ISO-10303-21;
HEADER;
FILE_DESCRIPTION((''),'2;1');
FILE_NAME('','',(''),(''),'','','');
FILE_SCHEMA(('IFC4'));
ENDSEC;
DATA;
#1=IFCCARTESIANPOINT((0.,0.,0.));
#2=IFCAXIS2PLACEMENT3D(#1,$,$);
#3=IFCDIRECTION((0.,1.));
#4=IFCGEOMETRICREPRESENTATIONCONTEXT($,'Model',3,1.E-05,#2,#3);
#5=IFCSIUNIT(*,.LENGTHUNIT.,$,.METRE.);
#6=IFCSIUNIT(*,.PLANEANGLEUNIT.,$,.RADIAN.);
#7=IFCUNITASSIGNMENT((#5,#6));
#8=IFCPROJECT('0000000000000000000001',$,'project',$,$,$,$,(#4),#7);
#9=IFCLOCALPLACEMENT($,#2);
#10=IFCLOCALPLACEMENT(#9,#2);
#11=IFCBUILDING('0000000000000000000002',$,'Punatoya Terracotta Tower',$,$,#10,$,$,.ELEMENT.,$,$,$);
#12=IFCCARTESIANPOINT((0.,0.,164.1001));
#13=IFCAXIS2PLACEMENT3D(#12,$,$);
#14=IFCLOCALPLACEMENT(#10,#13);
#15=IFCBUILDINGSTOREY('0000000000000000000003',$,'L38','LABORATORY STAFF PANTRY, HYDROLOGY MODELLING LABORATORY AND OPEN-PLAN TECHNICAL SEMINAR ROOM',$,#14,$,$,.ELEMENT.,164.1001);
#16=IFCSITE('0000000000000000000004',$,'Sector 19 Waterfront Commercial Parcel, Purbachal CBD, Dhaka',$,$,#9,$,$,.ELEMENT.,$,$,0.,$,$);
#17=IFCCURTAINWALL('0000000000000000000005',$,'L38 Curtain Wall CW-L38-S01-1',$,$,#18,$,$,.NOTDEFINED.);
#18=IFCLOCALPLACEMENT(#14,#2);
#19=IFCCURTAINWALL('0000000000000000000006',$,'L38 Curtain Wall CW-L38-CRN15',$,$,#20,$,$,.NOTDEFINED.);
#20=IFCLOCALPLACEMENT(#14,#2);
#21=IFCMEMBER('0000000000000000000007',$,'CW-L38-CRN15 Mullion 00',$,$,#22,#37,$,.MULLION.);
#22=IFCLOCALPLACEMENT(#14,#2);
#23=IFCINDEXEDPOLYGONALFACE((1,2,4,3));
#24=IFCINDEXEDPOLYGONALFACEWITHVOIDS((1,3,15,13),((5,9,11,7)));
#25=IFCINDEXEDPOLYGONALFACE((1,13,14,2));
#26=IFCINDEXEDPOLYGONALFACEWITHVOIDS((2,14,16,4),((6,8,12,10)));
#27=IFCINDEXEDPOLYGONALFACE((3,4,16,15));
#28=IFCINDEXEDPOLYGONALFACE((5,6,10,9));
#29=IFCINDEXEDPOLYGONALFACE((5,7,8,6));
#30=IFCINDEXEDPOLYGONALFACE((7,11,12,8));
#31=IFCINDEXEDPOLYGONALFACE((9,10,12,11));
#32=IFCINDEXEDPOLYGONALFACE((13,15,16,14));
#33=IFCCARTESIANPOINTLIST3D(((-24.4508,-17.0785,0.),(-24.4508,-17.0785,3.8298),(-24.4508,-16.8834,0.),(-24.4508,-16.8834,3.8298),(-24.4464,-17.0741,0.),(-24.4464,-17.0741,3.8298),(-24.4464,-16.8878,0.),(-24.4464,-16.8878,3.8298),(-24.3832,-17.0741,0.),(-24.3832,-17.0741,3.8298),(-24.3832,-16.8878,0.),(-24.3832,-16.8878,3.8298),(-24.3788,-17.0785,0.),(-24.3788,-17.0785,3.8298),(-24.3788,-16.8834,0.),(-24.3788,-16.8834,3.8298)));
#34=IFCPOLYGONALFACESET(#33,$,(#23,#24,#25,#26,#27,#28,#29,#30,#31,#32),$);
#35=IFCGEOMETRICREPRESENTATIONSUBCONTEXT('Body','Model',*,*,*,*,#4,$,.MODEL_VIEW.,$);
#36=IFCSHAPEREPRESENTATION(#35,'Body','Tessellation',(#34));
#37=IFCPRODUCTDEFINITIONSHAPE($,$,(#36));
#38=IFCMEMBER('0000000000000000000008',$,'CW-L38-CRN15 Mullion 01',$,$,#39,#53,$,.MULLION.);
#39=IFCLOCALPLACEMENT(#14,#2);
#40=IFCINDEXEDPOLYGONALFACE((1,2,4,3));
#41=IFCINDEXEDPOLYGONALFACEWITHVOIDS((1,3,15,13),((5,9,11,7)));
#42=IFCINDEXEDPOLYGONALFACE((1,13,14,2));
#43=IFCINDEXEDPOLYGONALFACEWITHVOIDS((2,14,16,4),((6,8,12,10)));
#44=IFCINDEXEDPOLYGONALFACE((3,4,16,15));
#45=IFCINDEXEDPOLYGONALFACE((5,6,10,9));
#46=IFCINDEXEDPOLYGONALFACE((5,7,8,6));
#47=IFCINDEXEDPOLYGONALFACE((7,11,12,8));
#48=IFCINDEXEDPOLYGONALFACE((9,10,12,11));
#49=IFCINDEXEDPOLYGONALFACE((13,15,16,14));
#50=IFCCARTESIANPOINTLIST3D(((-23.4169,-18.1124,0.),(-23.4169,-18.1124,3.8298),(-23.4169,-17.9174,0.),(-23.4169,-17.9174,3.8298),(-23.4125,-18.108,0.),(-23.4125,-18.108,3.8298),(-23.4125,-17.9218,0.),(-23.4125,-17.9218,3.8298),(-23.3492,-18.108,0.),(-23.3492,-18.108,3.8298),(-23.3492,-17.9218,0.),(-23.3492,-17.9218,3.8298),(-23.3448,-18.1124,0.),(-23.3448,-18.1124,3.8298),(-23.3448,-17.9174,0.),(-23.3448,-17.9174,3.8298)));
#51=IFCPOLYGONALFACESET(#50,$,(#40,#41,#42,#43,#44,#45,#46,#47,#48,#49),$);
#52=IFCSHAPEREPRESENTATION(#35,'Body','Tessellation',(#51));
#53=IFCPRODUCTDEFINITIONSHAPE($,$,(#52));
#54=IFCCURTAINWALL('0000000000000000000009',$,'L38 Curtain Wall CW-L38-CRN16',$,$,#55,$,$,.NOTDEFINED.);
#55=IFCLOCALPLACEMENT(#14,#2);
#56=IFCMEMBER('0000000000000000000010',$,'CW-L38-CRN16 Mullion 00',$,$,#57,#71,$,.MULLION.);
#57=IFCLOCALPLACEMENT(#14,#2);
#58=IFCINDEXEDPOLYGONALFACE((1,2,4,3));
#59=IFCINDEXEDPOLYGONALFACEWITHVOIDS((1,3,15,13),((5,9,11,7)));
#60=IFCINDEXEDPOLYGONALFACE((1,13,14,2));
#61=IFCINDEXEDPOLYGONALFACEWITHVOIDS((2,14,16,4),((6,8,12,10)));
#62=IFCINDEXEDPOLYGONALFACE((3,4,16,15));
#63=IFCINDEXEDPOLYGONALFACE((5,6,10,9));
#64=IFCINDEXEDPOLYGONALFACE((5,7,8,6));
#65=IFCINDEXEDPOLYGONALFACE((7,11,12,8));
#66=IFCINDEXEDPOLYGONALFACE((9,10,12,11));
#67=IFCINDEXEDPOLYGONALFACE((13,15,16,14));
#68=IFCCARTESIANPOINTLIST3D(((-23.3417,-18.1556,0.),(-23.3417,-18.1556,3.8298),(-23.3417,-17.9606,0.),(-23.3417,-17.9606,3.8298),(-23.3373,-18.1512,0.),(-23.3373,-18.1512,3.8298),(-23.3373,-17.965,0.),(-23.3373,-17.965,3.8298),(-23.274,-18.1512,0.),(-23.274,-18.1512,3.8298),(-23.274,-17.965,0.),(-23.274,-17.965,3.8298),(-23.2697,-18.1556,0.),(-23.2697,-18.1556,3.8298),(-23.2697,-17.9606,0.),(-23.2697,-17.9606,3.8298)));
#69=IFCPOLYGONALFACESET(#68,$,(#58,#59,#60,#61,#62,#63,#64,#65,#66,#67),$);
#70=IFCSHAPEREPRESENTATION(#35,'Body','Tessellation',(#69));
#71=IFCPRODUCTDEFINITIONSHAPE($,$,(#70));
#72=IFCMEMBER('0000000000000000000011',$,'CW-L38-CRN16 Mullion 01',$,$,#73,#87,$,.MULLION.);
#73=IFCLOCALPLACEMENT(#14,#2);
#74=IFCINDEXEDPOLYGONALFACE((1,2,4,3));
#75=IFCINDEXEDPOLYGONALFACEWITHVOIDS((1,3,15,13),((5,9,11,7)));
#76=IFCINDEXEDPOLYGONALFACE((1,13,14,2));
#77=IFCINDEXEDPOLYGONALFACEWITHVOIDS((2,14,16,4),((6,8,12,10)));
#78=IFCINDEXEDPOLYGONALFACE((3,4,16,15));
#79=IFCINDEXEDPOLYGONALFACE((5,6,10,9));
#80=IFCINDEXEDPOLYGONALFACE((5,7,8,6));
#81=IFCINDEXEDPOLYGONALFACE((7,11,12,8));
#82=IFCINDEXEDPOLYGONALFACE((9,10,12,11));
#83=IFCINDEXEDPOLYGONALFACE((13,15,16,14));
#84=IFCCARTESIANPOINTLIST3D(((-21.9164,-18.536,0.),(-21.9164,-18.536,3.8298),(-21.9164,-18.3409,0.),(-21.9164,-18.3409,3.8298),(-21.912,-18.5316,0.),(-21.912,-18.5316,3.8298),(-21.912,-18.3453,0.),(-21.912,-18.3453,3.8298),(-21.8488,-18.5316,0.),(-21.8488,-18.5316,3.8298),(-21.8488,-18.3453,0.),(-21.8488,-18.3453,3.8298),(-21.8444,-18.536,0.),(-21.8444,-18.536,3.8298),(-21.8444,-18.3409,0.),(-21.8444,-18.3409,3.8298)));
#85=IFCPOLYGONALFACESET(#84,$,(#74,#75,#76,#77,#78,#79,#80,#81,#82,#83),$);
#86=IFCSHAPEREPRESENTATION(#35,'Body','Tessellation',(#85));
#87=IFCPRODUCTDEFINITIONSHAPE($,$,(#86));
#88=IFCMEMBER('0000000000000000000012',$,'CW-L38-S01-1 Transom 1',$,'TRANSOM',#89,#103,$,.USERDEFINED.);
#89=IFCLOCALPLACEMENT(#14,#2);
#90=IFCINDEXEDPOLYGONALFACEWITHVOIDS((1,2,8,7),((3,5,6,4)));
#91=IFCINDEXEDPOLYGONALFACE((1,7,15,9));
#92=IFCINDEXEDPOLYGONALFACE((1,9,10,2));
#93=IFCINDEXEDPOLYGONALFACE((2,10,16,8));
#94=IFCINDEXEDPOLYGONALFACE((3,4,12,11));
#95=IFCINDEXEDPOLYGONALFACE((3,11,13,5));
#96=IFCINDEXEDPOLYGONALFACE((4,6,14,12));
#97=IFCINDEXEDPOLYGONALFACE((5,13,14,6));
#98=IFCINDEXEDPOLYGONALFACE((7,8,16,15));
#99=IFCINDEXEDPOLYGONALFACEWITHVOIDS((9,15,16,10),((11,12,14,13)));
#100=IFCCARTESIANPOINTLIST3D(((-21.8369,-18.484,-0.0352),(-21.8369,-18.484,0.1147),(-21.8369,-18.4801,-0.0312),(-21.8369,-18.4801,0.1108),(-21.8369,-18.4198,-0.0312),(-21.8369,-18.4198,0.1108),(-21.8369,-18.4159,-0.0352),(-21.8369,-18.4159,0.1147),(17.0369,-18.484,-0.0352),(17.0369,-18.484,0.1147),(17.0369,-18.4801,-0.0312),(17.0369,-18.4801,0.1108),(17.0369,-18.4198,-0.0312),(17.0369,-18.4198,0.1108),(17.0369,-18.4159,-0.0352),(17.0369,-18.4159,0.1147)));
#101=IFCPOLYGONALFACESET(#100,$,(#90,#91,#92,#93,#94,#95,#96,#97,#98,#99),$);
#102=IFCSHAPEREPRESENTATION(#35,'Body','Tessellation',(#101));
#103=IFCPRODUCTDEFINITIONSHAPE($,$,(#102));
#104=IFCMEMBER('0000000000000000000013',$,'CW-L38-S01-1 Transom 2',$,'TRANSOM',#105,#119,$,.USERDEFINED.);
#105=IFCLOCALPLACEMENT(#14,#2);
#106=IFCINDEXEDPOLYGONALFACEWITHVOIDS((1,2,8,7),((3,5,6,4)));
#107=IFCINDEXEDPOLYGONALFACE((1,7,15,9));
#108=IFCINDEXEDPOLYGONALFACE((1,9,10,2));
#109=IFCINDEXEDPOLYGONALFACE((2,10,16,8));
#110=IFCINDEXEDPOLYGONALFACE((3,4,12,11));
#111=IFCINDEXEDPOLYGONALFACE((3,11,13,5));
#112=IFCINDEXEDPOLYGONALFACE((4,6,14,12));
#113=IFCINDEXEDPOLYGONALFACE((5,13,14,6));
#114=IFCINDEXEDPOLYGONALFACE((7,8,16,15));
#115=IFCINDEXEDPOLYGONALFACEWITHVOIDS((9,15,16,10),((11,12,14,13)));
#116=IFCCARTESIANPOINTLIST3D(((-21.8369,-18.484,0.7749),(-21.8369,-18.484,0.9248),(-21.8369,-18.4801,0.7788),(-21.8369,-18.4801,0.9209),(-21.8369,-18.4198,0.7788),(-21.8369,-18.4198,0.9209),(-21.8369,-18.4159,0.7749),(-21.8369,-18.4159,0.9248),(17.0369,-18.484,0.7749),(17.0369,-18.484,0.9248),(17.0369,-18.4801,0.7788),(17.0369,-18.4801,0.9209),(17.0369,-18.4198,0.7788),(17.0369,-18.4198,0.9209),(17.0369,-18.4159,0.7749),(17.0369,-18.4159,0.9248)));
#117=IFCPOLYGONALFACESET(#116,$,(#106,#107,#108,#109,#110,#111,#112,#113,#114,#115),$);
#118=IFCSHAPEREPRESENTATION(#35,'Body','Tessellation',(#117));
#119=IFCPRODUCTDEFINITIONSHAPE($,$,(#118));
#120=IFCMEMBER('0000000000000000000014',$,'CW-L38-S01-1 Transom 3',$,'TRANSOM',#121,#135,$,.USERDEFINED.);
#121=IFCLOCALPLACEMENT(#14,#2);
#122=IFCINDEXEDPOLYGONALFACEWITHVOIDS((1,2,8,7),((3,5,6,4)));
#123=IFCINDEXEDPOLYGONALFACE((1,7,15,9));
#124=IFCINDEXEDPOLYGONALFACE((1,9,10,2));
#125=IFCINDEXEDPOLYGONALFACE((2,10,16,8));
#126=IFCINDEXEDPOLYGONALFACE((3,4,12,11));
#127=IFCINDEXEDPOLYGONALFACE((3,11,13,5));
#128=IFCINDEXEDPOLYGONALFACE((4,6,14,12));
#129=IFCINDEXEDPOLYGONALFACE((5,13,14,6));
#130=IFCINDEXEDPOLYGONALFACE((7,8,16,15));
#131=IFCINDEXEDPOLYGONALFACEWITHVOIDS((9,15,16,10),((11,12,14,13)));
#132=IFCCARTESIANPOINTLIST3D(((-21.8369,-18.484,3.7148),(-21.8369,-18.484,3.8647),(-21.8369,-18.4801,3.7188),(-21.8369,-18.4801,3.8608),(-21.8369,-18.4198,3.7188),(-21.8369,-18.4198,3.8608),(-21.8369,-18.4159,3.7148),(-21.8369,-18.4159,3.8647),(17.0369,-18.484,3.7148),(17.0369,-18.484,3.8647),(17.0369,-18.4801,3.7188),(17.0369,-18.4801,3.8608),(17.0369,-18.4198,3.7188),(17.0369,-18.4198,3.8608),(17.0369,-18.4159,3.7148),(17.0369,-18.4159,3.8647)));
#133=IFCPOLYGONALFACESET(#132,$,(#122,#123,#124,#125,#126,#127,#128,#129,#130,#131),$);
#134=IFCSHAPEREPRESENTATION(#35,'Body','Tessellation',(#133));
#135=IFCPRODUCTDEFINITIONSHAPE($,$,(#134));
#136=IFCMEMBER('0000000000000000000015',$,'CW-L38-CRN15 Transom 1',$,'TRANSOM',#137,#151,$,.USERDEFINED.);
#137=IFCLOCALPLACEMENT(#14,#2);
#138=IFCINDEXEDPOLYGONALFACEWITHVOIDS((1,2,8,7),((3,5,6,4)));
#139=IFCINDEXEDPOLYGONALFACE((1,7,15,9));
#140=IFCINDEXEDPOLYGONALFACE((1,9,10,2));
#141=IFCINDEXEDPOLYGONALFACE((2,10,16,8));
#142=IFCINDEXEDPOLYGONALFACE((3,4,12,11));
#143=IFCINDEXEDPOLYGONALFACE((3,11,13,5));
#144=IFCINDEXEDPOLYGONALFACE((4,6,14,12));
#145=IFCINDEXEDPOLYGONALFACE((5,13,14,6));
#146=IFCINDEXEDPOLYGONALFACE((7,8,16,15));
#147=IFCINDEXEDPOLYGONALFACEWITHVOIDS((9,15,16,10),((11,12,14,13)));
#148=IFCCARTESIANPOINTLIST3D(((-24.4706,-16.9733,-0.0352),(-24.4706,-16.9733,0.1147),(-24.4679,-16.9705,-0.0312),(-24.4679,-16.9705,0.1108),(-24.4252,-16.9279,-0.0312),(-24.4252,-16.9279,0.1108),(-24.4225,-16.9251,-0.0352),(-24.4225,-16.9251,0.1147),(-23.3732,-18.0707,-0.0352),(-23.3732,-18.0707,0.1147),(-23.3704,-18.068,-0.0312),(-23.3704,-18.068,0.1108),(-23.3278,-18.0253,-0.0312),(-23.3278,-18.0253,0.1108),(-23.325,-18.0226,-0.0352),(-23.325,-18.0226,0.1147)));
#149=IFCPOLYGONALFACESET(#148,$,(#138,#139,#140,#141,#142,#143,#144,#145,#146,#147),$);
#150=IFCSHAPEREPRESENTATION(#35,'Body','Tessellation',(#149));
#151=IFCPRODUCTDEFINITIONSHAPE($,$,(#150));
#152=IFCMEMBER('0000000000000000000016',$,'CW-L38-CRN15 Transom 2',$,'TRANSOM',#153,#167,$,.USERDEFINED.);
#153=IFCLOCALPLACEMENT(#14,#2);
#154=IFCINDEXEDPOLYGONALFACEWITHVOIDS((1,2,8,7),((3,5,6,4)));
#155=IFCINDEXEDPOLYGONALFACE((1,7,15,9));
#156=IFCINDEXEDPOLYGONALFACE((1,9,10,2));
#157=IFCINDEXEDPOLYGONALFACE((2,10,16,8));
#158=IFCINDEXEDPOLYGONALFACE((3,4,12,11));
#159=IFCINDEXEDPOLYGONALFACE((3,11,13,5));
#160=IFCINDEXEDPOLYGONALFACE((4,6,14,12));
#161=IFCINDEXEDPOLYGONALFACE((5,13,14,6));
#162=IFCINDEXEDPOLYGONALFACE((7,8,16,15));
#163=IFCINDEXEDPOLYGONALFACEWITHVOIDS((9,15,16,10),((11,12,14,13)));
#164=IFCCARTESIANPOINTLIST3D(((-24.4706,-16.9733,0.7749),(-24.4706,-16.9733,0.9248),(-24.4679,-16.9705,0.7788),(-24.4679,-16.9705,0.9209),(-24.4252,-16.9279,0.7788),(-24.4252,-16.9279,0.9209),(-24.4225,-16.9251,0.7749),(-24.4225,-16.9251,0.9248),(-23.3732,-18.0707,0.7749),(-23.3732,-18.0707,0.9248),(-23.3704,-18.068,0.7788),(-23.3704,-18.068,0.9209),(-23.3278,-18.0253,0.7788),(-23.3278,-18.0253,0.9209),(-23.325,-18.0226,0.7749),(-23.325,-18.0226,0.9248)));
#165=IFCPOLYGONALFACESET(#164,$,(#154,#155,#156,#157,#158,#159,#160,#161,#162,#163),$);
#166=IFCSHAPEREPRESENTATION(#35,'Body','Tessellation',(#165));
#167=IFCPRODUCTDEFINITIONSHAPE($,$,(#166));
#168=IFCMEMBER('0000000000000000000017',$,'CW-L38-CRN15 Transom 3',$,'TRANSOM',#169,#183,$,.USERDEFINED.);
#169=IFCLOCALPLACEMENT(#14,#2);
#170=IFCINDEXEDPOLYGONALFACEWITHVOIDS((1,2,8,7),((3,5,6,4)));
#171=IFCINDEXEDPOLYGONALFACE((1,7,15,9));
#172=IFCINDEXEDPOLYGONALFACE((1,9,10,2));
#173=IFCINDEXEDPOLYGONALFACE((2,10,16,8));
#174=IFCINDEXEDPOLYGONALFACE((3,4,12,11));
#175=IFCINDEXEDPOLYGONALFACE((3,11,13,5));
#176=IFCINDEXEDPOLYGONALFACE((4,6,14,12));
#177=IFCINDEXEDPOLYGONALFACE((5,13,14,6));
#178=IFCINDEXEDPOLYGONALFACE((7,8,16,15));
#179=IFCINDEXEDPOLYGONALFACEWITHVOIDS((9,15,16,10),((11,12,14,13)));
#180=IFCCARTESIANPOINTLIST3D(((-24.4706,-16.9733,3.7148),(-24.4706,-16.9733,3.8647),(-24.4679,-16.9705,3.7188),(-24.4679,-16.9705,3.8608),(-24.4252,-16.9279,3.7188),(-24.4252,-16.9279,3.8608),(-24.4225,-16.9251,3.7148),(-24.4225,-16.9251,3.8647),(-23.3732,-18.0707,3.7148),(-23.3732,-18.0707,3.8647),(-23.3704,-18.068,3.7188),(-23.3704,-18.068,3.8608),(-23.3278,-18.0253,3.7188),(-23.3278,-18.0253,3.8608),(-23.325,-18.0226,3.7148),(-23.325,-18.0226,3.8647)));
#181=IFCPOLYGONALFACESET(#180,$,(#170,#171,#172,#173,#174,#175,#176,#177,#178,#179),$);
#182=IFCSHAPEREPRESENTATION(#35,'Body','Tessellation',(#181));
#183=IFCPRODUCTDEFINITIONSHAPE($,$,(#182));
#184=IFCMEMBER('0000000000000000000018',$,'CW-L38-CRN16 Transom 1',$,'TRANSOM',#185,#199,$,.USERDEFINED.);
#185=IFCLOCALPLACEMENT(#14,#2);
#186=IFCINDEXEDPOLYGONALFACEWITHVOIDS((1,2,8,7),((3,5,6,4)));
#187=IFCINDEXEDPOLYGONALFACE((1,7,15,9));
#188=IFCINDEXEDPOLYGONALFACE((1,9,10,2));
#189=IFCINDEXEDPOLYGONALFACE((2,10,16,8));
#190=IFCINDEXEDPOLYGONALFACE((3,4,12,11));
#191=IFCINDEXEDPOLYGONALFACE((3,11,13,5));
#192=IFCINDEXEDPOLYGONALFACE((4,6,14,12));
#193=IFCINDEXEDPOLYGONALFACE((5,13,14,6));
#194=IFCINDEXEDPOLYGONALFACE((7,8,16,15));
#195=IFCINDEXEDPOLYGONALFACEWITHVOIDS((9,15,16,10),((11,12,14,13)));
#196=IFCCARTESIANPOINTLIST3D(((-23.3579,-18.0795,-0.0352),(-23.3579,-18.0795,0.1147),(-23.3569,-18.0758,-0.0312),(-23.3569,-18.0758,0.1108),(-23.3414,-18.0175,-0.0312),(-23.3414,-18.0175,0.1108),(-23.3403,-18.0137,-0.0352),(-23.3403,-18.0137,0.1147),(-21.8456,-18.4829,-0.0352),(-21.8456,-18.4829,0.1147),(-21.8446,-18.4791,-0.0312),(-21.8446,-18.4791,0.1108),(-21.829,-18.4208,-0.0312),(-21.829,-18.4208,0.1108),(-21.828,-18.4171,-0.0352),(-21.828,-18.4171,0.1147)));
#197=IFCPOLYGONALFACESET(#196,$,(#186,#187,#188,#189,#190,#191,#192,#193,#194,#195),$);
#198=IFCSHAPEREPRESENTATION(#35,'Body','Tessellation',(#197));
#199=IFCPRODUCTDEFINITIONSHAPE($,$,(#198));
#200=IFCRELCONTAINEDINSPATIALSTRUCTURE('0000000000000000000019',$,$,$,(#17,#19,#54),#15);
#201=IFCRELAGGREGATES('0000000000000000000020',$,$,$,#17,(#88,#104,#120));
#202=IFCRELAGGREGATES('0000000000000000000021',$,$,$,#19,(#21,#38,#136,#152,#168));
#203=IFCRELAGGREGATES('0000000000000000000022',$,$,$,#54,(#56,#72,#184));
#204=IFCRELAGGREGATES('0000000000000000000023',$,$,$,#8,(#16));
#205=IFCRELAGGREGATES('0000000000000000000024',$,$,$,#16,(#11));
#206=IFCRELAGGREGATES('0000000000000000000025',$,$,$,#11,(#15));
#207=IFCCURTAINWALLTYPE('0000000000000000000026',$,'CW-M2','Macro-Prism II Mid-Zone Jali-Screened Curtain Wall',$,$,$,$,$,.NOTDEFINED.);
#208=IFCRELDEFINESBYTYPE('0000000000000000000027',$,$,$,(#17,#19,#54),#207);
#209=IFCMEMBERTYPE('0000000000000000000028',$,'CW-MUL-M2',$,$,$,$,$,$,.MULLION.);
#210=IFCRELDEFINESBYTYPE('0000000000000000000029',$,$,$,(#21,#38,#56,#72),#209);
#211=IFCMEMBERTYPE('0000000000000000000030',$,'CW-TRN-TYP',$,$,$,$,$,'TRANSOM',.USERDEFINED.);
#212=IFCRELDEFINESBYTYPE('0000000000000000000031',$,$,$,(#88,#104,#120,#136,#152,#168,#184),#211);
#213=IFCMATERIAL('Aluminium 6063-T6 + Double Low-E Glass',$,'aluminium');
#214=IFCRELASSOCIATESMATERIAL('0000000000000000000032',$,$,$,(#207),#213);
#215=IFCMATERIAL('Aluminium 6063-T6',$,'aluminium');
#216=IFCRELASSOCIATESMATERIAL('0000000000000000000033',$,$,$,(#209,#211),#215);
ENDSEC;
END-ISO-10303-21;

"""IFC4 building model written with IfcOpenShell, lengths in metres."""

from ifc_helpers import new_model, si_unit, direction, frame, origin, origin_2d, place, context, subcontext, project, spatial, hollow_rectangle, extrude, material, material_profile, profile_set, type_object, element, aggregate, save


model = new_model("IFC4")

# Units and contexts
model_context = context("Model", 3, precision=1e-05, world=origin(), true_north=direction((0.0, 1.0)))
body_context = subcontext(model_context, "Body", "Model", "MODEL_VIEW")
ifc_project = project(units=[si_unit("LENGTHUNIT", "METRE"), si_unit("PLANEANGLEUNIT", "RADIAN")], contexts=[model_context])

# Site, building, storey
site_placement = place(None, origin())
site = spatial("IfcSite", under=ifc_project, at=site_placement, Name="Sector 19 Waterfront Commercial Parcel, Purbachal CBD, Dhaka", CompositionType="ELEMENT", RefElevation=0.0)
building_placement = place(site_placement, origin())
building = spatial("IfcBuilding", under=site, at=building_placement, Name="Punatoya Terracotta Tower", CompositionType="ELEMENT")
storey_placement = place(building_placement, frame((0.0, 0.0, 164.1001)))
storey = spatial("IfcBuildingStorey", under=building, at=storey_placement, Name="L38", Description="LABORATORY STAFF PANTRY, HYDROLOGY MODELLING LABORATORY AND OPEN-PLAN TECHNICAL SEMINAR ROOM", CompositionType="ELEMENT", Elevation=164.1001)

# Curtain wall
ifc_material_1 = material(Name="Aluminium 6063-T6 + Double Low-E Glass", Category="aluminium")
curtain_wall_type = type_object("IfcCurtainWallType", Name="CW-M2", Description="Macro-Prism II Mid-Zone Jali-Screened Curtain Wall", PredefinedType="NOTDEFINED", material=ifc_material_1)
curtain_wall_1_placement = place(storey_placement, origin())
curtain_wall_1 = element("IfcCurtainWall", 1, at=curtain_wall_1_placement, inside=storey, type_object=curtain_wall_type, Name="L38 Curtain Wall CW-L38-S01-1", PredefinedType="NOTDEFINED")
ifc_material_2 = material(Name="Aluminium 6063-T6", Category="aluminium")
ifc_material_profile_1 = material_profile(ifc_material_2, hollow_rectangle(XDim=0.072, YDim=0.1951, WallThickness=0.0044, at=origin_2d()))
ifc_profile_set_1 = profile_set([ifc_material_profile_1], Name="Aluminium 6063-T6")
member_type_1 = type_object("IfcMemberType", Name="CW-MUL-M2", PredefinedType="MULLION", material=ifc_profile_set_1)

# Curtain walls, members
curtain_wall_2_placement = place(storey_placement, origin())
curtain_wall_2 = element("IfcCurtainWall", 2, at=curtain_wall_2_placement, inside=storey, type_object=curtain_wall_type, Name="L38 Curtain Wall CW-L38-CRN15", PredefinedType="NOTDEFINED")
member_1_placement = place(storey_placement, frame((-24.4148, -16.981, 0.0), z_axis=(0.0, 0.0, 1.0), x_axis=(1.0, 0.0, 0.0)))
member_1 = element("IfcMember", 3, at=member_1_placement, type_object=member_type_1, Name="CW-L38-CRN15 Mullion 00", PredefinedType="MULLION", context=body_context, shape_type="SweptSolid", body=[
    extrude(hollow_rectangle(XDim=0.072, YDim=0.1951, WallThickness=0.0044, at=origin_2d()), origin(), (0.0, 0.0, 1.0), 3.8298),
])
member_2_placement = place(storey_placement, frame((-23.3809, -18.0149, 0.0), z_axis=(0.0, 0.0, 1.0), x_axis=(1.0, 0.0, 0.0)))
member_2 = element("IfcMember", 4, at=member_2_placement, type_object=member_type_1, Name="CW-L38-CRN15 Mullion 01", PredefinedType="MULLION", context=body_context, shape_type="SweptSolid", body=[
    extrude(hollow_rectangle(XDim=0.072, YDim=0.1951, WallThickness=0.0044, at=origin_2d()), origin(), (0.0, 0.0, 1.0), 3.8298),
])
curtain_wall_3_placement = place(storey_placement, origin())
curtain_wall_3 = element("IfcCurtainWall", 5, at=curtain_wall_3_placement, inside=storey, type_object=curtain_wall_type, Name="L38 Curtain Wall CW-L38-CRN16", PredefinedType="NOTDEFINED")
member_3_placement = place(storey_placement, frame((-23.3057, -18.0581, 0.0), z_axis=(0.0, 0.0, 1.0), x_axis=(1.0, 0.0, 0.0)))
member_3 = element("IfcMember", 6, at=member_3_placement, type_object=member_type_1, Name="CW-L38-CRN16 Mullion 00", PredefinedType="MULLION", context=body_context, shape_type="SweptSolid", body=[
    extrude(hollow_rectangle(XDim=0.072, YDim=0.1951, WallThickness=0.0044, at=origin_2d()), origin(), (0.0, 0.0, 1.0), 3.8298),
])
member_4_placement = place(storey_placement, frame((-21.8804, -18.4385, 0.0), z_axis=(0.0, 0.0, 1.0), x_axis=(1.0, 0.0, 0.0)))
member_4 = element("IfcMember", 7, at=member_4_placement, type_object=member_type_1, Name="CW-L38-CRN16 Mullion 01", PredefinedType="MULLION", context=body_context, shape_type="SweptSolid", body=[
    extrude(hollow_rectangle(XDim=0.072, YDim=0.1951, WallThickness=0.0044, at=origin_2d()), origin(), (0.0, 0.0, 1.0), 3.8298),
])

# Members
ifc_material_profile_2 = material_profile(ifc_material_2, hollow_rectangle(XDim=0.0681, YDim=0.1499, WallThickness=0.0039, at=origin_2d()))
ifc_profile_set_2 = profile_set([ifc_material_profile_2], Name="Aluminium 6063-T6")
member_type_2 = type_object("IfcMemberType", Name="CW-TRN-TYP", ElementType="TRANSOM", PredefinedType="USERDEFINED", material=ifc_profile_set_2)
member_5_placement = place(storey_placement, frame((-21.8369, -18.45, 0.0398), z_axis=(1.0, 0.0, 0.0), x_axis=(0.0, 1.0, 0.0)))
member_5 = element("IfcMember", 8, at=member_5_placement, type_object=member_type_2, Name="CW-L38-S01-1 Transom 1", ObjectType="TRANSOM", PredefinedType="USERDEFINED", context=body_context, shape_type="SweptSolid", body=[
    extrude(hollow_rectangle(XDim=0.0681, YDim=0.1499, WallThickness=0.0039, at=origin_2d()), origin(), (0.0, 0.0, 1.0), 38.8738),
])
member_6_placement = place(storey_placement, frame((-21.8369, -18.45, 0.8499), z_axis=(1.0, 0.0, 0.0), x_axis=(0.0, 1.0, 0.0)))
member_6 = element("IfcMember", 9, at=member_6_placement, type_object=member_type_2, Name="CW-L38-S01-1 Transom 2", ObjectType="TRANSOM", PredefinedType="USERDEFINED", context=body_context, shape_type="SweptSolid", body=[
    extrude(hollow_rectangle(XDim=0.0681, YDim=0.1499, WallThickness=0.0039, at=origin_2d()), origin(), (0.0, 0.0, 1.0), 38.8738),
])
member_7_placement = place(storey_placement, frame((-21.8369, -18.45, 3.7898), z_axis=(1.0, 0.0, 0.0), x_axis=(0.0, 1.0, 0.0)))
member_7 = element("IfcMember", 10, at=member_7_placement, type_object=member_type_2, Name="CW-L38-S01-1 Transom 3", ObjectType="TRANSOM", PredefinedType="USERDEFINED", context=body_context, shape_type="SweptSolid", body=[
    extrude(hollow_rectangle(XDim=0.0681, YDim=0.1499, WallThickness=0.0039, at=origin_2d()), origin(), (0.0, 0.0, 1.0), 38.8738),
])
member_8_placement = place(storey_placement, frame((-24.4465, -16.9492, 0.0398), z_axis=(0.707107, -0.707107, 0.0), x_axis=(0.707107, 0.707107, 0.0)))
member_8 = element("IfcMember", 11, at=member_8_placement, type_object=member_type_2, Name="CW-L38-CRN15 Transom 1", ObjectType="TRANSOM", PredefinedType="USERDEFINED", context=body_context, shape_type="SweptSolid", body=[
    extrude(hollow_rectangle(XDim=0.0681, YDim=0.1499, WallThickness=0.0039, at=origin_2d()), origin(), (0.0, 0.0, 1.0), 1.552),
])
member_9_placement = place(storey_placement, frame((-24.4465, -16.9492, 0.8499), z_axis=(0.707107, -0.707107, 0.0), x_axis=(0.707107, 0.707107, 0.0)))
member_9 = element("IfcMember", 12, at=member_9_placement, type_object=member_type_2, Name="CW-L38-CRN15 Transom 2", ObjectType="TRANSOM", PredefinedType="USERDEFINED", context=body_context, shape_type="SweptSolid", body=[
    extrude(hollow_rectangle(XDim=0.0681, YDim=0.1499, WallThickness=0.0039, at=origin_2d()), origin(), (0.0, 0.0, 1.0), 1.552),
])
member_10_placement = place(storey_placement, frame((-24.4465, -16.9492, 3.7898), z_axis=(0.707107, -0.707107, 0.0), x_axis=(0.707107, 0.707107, 0.0)))
member_10 = element("IfcMember", 13, at=member_10_placement, type_object=member_type_2, Name="CW-L38-CRN15 Transom 3", ObjectType="TRANSOM", PredefinedType="USERDEFINED", context=body_context, shape_type="SweptSolid", body=[
    extrude(hollow_rectangle(XDim=0.0681, YDim=0.1499, WallThickness=0.0039, at=origin_2d()), origin(), (0.0, 0.0, 1.0), 1.552),
])
member_11_placement = place(storey_placement, frame((-23.3491, -18.0466, 0.0398), z_axis=(0.966225, -0.257701, 0.0), x_axis=(0.257701, 0.966225, 0.0)))
member_11 = element("IfcMember", 14, at=member_11_placement, type_object=member_type_2, Name="CW-L38-CRN16 Transom 1", ObjectType="TRANSOM", PredefinedType="USERDEFINED", context=body_context, shape_type="SweptSolid", body=[
    extrude(hollow_rectangle(XDim=0.0681, YDim=0.1499, WallThickness=0.0039, at=origin_2d()), origin(), (0.0, 0.0, 1.0), 1.5652),
])

aggregate(curtain_wall_1, [member_5, member_6, member_7])
aggregate(curtain_wall_2, [member_1, member_2, member_8, member_9, member_10])
aggregate(curtain_wall_3, [member_3, member_4, member_11])

save(model, "model.ifc")
